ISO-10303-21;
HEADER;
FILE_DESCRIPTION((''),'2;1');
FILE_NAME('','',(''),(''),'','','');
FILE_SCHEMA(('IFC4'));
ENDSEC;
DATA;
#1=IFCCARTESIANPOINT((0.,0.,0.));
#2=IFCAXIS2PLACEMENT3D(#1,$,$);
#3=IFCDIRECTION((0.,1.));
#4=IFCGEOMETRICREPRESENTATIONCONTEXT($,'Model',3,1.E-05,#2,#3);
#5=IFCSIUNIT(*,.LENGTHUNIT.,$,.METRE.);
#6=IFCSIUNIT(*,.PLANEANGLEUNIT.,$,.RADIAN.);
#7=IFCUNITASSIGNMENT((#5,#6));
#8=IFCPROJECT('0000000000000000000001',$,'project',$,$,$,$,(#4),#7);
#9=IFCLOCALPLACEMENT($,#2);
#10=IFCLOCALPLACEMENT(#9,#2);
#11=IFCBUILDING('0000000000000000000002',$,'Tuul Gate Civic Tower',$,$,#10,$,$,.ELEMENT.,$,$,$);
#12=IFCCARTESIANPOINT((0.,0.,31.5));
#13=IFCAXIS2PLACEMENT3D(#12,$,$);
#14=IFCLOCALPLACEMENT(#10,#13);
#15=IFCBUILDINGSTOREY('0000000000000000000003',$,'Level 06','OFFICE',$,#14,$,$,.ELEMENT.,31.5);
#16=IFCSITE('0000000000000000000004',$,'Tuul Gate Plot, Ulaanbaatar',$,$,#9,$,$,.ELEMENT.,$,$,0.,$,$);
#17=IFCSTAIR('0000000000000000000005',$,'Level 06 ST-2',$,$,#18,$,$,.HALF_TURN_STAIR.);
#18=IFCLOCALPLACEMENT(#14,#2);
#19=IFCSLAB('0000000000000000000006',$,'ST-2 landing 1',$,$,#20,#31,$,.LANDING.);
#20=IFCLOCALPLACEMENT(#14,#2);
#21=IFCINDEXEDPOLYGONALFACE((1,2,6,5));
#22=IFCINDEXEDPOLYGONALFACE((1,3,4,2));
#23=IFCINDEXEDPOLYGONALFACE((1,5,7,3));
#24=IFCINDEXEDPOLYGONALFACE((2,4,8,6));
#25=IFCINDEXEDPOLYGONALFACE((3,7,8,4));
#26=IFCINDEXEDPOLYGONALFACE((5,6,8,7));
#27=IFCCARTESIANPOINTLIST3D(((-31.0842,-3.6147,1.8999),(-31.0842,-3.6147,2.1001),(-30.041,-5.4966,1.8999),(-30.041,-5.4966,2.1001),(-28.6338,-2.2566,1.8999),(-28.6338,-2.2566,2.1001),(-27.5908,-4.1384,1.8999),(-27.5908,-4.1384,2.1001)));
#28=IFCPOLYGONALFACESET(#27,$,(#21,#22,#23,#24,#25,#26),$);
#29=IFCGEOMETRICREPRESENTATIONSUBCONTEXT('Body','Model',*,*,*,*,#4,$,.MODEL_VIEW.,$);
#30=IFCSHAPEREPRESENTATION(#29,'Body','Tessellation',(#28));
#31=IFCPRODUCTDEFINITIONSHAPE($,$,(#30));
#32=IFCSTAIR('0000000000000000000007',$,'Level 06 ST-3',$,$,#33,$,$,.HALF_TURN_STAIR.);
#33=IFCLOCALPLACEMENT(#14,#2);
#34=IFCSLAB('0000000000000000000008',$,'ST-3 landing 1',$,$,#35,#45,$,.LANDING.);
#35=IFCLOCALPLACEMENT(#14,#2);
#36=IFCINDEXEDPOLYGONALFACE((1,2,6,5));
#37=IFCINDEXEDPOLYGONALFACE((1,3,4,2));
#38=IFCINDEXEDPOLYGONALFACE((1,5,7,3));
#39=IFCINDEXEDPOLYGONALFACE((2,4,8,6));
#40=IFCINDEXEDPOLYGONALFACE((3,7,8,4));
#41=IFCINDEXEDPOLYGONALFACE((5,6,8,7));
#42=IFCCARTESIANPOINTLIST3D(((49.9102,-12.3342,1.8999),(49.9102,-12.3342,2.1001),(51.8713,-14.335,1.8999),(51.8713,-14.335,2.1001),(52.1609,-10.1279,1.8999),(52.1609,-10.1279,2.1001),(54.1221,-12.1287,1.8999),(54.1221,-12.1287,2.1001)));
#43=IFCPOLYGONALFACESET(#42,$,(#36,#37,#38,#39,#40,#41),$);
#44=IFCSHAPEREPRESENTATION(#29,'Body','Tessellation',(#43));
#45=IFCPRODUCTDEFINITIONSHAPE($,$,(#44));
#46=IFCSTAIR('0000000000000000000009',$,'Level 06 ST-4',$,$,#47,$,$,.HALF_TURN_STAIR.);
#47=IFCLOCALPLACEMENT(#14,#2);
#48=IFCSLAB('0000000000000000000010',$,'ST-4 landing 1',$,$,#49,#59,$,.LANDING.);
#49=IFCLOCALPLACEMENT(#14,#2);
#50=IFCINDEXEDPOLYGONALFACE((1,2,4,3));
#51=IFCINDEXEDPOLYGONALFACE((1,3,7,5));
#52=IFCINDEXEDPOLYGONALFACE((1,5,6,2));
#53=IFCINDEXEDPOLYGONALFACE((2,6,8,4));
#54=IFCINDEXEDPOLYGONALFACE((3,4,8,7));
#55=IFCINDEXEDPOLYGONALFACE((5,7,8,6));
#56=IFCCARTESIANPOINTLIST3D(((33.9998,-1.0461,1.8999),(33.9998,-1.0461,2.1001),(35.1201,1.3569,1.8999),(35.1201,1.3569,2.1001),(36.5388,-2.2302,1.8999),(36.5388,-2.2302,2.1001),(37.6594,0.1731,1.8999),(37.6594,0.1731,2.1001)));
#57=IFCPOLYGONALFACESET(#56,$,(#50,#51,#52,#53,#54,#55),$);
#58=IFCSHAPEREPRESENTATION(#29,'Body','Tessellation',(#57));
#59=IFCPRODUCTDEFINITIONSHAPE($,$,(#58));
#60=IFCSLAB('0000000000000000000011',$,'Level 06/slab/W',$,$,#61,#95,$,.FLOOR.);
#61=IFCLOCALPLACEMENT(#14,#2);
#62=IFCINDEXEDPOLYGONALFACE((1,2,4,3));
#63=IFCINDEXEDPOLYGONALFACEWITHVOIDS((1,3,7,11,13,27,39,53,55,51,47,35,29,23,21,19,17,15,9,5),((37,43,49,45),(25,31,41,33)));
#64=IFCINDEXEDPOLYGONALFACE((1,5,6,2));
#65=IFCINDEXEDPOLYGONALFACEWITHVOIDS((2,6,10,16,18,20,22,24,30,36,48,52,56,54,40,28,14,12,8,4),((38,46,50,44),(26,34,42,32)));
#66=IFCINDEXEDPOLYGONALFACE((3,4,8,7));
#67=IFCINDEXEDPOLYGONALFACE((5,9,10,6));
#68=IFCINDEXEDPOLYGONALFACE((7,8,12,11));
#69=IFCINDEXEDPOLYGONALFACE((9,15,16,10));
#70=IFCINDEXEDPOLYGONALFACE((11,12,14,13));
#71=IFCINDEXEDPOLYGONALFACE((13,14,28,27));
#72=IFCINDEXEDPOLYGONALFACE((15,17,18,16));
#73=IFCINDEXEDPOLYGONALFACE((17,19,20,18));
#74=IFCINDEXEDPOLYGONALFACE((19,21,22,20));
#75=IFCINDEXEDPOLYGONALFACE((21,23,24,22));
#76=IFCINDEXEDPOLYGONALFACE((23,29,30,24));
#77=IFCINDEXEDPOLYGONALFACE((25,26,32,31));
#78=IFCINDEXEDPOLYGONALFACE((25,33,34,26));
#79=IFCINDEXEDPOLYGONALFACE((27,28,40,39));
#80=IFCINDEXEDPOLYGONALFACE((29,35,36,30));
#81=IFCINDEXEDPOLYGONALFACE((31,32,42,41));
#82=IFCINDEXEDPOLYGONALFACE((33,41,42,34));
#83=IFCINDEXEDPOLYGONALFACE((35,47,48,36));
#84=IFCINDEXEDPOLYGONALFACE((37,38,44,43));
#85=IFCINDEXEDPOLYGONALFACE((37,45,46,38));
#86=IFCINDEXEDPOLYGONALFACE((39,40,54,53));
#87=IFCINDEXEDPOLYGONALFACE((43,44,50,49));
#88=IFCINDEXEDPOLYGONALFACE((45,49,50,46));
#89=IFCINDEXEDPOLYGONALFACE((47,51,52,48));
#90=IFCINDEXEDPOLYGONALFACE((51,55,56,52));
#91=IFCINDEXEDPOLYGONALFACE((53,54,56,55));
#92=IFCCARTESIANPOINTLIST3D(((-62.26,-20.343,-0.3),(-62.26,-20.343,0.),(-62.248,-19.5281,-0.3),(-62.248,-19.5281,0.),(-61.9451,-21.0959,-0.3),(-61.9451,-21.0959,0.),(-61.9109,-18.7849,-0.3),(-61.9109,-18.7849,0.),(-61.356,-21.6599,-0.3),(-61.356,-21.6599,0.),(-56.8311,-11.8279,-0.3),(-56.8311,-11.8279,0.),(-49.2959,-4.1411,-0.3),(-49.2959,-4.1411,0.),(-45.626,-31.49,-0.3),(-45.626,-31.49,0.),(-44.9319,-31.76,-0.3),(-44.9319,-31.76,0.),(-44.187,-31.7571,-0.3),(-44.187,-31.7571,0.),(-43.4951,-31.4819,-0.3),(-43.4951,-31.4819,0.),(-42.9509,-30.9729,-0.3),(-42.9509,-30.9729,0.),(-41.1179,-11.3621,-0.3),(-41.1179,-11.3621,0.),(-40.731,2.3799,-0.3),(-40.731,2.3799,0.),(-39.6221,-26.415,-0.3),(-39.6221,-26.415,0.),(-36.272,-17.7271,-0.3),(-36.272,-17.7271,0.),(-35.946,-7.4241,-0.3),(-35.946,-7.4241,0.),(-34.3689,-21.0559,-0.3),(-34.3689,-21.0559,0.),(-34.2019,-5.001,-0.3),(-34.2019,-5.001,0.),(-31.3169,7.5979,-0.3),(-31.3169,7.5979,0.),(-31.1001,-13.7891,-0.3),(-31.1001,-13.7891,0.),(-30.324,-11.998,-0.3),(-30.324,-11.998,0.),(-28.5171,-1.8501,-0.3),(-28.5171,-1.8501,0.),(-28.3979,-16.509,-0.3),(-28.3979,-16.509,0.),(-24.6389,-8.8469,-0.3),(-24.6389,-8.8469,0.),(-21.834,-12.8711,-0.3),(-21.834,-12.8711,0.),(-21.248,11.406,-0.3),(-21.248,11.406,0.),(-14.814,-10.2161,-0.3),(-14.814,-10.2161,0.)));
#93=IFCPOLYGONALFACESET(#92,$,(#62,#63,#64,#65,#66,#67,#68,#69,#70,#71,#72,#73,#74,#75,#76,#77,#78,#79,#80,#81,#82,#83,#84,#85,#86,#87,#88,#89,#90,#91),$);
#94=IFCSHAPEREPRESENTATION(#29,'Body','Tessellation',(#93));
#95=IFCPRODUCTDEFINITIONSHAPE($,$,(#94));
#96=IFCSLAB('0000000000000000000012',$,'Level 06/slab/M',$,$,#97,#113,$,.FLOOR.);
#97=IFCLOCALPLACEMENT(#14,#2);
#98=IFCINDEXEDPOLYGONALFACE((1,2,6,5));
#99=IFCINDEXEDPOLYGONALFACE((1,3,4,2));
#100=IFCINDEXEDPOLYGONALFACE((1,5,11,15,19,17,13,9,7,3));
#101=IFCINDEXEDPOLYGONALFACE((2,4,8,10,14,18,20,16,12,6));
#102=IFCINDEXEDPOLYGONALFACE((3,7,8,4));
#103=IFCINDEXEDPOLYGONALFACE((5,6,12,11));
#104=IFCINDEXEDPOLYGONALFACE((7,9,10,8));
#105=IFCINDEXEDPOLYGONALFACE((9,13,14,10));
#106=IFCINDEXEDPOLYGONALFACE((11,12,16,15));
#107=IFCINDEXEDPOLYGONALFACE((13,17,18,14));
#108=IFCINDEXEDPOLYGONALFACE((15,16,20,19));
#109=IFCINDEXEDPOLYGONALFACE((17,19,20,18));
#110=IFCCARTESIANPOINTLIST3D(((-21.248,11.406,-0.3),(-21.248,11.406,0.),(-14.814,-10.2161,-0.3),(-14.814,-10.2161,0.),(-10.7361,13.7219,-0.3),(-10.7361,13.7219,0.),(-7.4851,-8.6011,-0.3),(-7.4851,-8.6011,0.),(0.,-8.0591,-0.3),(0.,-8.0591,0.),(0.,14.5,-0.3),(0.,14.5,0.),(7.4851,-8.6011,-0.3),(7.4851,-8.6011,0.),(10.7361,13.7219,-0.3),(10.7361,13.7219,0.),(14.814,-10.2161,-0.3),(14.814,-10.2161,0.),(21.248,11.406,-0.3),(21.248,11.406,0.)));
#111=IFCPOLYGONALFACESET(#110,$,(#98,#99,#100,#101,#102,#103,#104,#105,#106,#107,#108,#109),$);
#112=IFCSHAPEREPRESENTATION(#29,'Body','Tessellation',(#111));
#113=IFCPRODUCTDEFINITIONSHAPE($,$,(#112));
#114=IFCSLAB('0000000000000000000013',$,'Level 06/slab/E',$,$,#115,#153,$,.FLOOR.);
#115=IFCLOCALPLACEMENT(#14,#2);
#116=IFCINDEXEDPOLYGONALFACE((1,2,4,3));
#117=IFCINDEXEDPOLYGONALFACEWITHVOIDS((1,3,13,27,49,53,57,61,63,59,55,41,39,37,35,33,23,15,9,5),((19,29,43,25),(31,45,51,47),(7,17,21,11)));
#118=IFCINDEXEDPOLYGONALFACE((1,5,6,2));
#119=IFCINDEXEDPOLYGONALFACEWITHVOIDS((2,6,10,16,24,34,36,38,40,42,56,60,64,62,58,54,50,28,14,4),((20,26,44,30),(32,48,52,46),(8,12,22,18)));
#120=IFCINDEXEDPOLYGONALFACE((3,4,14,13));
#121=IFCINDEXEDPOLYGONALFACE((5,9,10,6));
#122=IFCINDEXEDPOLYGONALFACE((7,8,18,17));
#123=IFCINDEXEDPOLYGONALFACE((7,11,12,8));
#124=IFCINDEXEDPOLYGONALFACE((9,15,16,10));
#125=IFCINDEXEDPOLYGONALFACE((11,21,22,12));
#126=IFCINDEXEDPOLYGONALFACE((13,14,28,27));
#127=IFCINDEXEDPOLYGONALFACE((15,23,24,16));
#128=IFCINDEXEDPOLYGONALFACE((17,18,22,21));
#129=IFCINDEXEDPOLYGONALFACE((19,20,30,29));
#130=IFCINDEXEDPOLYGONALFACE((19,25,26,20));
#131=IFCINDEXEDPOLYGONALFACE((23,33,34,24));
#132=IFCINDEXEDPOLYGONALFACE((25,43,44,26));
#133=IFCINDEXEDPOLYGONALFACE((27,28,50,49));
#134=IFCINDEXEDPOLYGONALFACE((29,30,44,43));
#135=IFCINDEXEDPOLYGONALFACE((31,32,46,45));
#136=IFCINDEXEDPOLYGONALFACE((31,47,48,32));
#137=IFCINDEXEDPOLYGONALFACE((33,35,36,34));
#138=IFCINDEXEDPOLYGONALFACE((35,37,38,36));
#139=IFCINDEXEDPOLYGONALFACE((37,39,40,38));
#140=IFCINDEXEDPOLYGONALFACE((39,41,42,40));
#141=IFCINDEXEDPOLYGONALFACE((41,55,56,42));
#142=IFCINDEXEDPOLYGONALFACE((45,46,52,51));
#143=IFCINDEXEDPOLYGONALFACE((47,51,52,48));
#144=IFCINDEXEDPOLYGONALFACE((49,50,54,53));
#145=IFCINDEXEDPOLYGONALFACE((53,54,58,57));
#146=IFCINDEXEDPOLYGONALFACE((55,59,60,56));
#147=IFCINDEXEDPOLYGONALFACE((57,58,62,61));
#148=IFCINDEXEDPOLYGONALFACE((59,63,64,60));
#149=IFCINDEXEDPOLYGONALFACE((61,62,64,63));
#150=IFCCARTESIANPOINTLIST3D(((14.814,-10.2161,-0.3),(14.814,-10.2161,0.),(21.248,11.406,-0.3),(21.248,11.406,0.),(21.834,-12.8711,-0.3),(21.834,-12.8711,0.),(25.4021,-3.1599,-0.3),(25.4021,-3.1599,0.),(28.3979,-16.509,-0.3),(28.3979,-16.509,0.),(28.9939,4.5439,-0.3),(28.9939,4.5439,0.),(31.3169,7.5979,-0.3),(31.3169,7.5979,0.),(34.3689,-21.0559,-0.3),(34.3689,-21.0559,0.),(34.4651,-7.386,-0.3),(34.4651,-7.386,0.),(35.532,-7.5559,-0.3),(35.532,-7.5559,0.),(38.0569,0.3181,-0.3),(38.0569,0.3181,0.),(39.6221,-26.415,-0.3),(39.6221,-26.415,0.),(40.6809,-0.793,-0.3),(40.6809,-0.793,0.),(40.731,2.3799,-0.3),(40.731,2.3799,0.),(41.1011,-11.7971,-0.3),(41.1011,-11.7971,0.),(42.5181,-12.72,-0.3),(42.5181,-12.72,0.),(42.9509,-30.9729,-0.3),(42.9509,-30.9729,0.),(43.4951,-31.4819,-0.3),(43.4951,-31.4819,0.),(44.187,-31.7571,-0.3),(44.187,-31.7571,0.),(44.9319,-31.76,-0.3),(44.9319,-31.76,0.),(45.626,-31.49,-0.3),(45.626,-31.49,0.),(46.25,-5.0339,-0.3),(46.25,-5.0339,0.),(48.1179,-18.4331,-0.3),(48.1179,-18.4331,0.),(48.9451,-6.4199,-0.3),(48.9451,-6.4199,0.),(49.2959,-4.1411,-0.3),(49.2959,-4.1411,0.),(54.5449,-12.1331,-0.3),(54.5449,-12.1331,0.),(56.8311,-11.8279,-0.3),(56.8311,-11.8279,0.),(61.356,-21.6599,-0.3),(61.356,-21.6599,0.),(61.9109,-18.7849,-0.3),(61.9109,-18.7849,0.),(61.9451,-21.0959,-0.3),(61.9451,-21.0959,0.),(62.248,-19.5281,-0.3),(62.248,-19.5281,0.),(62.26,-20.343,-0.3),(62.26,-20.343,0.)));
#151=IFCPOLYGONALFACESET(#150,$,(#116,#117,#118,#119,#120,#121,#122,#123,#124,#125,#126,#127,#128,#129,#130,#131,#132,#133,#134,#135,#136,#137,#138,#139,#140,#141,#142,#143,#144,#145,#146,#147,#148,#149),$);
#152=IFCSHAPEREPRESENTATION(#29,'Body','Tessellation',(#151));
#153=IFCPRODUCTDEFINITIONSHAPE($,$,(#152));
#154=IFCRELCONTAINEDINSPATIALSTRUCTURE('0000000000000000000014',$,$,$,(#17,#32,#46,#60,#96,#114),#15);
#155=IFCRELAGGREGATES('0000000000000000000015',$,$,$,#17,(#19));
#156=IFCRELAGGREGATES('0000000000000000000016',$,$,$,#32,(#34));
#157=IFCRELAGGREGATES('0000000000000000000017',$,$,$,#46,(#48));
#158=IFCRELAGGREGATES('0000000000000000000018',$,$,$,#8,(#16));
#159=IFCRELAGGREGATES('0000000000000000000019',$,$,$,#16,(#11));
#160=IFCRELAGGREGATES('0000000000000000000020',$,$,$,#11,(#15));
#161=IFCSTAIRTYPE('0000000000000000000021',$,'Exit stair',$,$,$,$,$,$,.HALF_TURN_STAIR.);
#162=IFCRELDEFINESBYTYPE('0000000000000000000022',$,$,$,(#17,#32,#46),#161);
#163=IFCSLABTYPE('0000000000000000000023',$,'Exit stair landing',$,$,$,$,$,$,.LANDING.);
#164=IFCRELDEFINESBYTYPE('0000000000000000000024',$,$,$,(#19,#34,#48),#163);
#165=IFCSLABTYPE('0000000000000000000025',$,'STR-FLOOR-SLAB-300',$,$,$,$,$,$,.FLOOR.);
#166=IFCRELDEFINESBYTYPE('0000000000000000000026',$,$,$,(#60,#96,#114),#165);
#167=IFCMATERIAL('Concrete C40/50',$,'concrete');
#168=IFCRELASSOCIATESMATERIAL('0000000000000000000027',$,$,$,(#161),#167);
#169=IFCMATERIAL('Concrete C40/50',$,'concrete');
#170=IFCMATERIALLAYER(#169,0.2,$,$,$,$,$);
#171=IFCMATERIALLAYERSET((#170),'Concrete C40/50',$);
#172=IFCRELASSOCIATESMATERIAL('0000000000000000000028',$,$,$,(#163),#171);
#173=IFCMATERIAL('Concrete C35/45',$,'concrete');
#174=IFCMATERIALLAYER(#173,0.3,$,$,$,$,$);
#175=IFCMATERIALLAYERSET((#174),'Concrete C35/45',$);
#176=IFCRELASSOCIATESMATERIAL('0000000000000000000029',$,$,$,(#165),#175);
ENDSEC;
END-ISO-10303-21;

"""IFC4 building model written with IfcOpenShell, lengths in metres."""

from ifc_helpers import new_model, si_unit, direction, frame, origin, place, context, subcontext, project, spatial, polyline, outline, extrude, material, layer, layer_set, type_object, element, aggregate, save


model = new_model("IFC4")

# Units and contexts
model_context = context("Model", 3, precision=1e-05, world=origin(), true_north=direction((0.0, 1.0)))
body_context = subcontext(model_context, "Body", "Model", "MODEL_VIEW")
ifc_project = project(units=[si_unit("LENGTHUNIT", "METRE"), si_unit("PLANEANGLEUNIT", "RADIAN")], contexts=[model_context])

# Site, building, storey
site_placement = place(None, origin())
site = spatial("IfcSite", under=ifc_project, at=site_placement, Name="Tuul Gate Plot, Ulaanbaatar", CompositionType="ELEMENT", RefElevation=0.0)
building_placement = place(site_placement, origin())
building = spatial("IfcBuilding", under=site, at=building_placement, Name="Tuul Gate Civic Tower", CompositionType="ELEMENT")
storey_placement = place(building_placement, frame((0.0, 0.0, 31.5)))
storey = spatial("IfcBuildingStorey", under=building, at=storey_placement, Name="Level 06", Description="OFFICE", CompositionType="ELEMENT", Elevation=31.5)

# Stairs, slabs
ifc_material_1 = material(Name="Concrete C40/50", Category="concrete")
stair_type = type_object("IfcStairType", Name="Exit stair", PredefinedType="HALF_TURN_STAIR", material=ifc_material_1)
ifc_material_2 = material(Name="Concrete C40/50", Category="concrete")
ifc_layer_1 = layer(ifc_material_2, 0.2)
ifc_layer_set_1 = layer_set([ifc_layer_1], Name="Concrete C40/50")
slab_type_1 = type_object("IfcSlabType", Name="Exit stair landing", PredefinedType="LANDING", material=ifc_layer_set_1)
stair_1_placement = place(storey_placement, origin())
stair_1 = element("IfcStair", 1, at=stair_1_placement, inside=storey, type_object=stair_type, Name="Level 06 ST-2", PredefinedType="HALF_TURN_STAIR")
slab_1_placement = place(storey_placement, frame((0.0, 0.0, 1.8999)))
slab_1 = element("IfcSlab", 2, at=slab_1_placement, type_object=slab_type_1, Name="ST-2 landing 1", PredefinedType="LANDING", context=body_context, shape_type="SweptSolid", body=[
    extrude(outline(polyline([(-27.5908, -4.1384), (-30.041, -5.4966), (-31.0842, -3.6147), (-28.6338, -2.2566), (-27.5908, -4.1384)])), origin(), (0.0, 0.0, 1.0), 0.2002),
])
aggregate(stair_1, [slab_1])
stair_2_placement = place(storey_placement, origin())
stair_2 = element("IfcStair", 3, at=stair_2_placement, inside=storey, type_object=stair_type, Name="Level 06 ST-3", PredefinedType="HALF_TURN_STAIR")
slab_2_placement = place(storey_placement, frame((0.0, 0.0, 1.8999)))
slab_2 = element("IfcSlab", 4, at=slab_2_placement, type_object=slab_type_1, Name="ST-3 landing 1", PredefinedType="LANDING", context=body_context, shape_type="SweptSolid", body=[
    extrude(outline(polyline([(51.8713, -14.335), (49.9102, -12.3342), (52.1609, -10.1279), (54.1221, -12.1287), (51.8713, -14.335)])), origin(), (0.0, 0.0, 1.0), 0.2002),
])
aggregate(stair_2, [slab_2])
stair_3_placement = place(storey_placement, origin())
stair_3 = element("IfcStair", 5, at=stair_3_placement, inside=storey, type_object=stair_type, Name="Level 06 ST-4", PredefinedType="HALF_TURN_STAIR")
slab_3_placement = place(storey_placement, frame((0.0, 0.0, 1.8999)))
slab_3 = element("IfcSlab", 6, at=slab_3_placement, type_object=slab_type_1, Name="ST-4 landing 1", PredefinedType="LANDING", context=body_context, shape_type="SweptSolid", body=[
    extrude(outline(polyline([(36.5388, -2.2302), (33.9998, -1.0461), (35.1201, 1.3569), (37.6594, 0.1731), (36.5388, -2.2302)])), origin(), (0.0, 0.0, 1.0), 0.2002),
])
aggregate(stair_3, [slab_3])

# Slabs
ifc_material_3 = material(Name="Concrete C35/45", Category="concrete")
ifc_layer_2 = layer(ifc_material_3, 0.3)
ifc_layer_set_2 = layer_set([ifc_layer_2], Name="Concrete C35/45")
slab_type_2 = type_object("IfcSlabType", Name="STR-FLOOR-SLAB-300", PredefinedType="FLOOR", material=ifc_layer_set_2)
slab_4_placement = place(storey_placement, frame((0.0, 0.0, -0.3)))
element("IfcSlab", 7, at=slab_4_placement, inside=storey, type_object=slab_type_2, Name="Level 06/slab/W", PredefinedType="FLOOR", context=body_context, shape_type="SweptSolid", body=[
    extrude(outline(polyline([(-21.834, -12.8711), (-14.814, -10.2161), (-21.248, 11.406), (-31.3169, 7.5979), (-40.731, 2.3799), (-49.2959, -4.1411), (-56.8311, -11.8279), (-61.9109, -18.7849), (-62.248, -19.5281), (-62.26, -20.343), (-61.9451, -21.0959), (-61.356, -21.6599), (-45.626, -31.49), (-44.9319, -31.76), (-44.187, -31.7571), (-43.4951, -31.4819), (-42.9509, -30.9729), (-39.6221, -26.415), (-34.3689, -21.0559), (-28.3979, -16.509), (-21.834, -12.8711)]), holes=[polyline([(-31.1001, -13.7891), (-36.272, -17.7271), (-41.1179, -11.3621), (-35.946, -7.4241), (-31.1001, -13.7891)]), polyline([(-24.6389, -8.8469), (-30.324, -11.998), (-34.2019, -5.001), (-28.5171, -1.8501), (-24.6389, -8.8469)])]), origin(), (0.0, 0.0, 1.0), 0.3),
])
slab_5_placement = place(storey_placement, frame((0.0, 0.0, -0.3)))
element("IfcSlab", 8, at=slab_5_placement, inside=storey, type_object=slab_type_2, Name="Level 06/slab/M", PredefinedType="FLOOR", context=body_context, shape_type="SweptSolid", body=[
    extrude(outline(polyline([(14.814, -10.2161), (21.248, 11.406), (10.7361, 13.7219), (0.0, 14.5), (-10.7361, 13.7219), (-21.248, 11.406), (-14.814, -10.2161), (-7.4851, -8.6011), (0.0, -8.0591), (7.4851, -8.6011), (14.814, -10.2161)])), origin(), (0.0, 0.0, 1.0), 0.3),
])
slab_6_placement = place(storey_placement, frame((0.0, 0.0, -0.3)))
element("IfcSlab", 9, at=slab_6_placement, inside=storey, type_object=slab_type_2, Name="Level 06/slab/E", PredefinedType="FLOOR", context=body_context, shape_type="SweptSolid", body=[
    extrude(outline(polyline([(44.9319, -31.76), (45.626, -31.49), (61.356, -21.6599), (61.9451, -21.0959), (62.26, -20.343), (62.248, -19.5281), (61.9109, -18.7849), (56.8311, -11.8279), (49.2959, -4.1411), (40.731, 2.3799), (31.3169, 7.5979), (21.248, 11.406), (14.814, -10.2161), (21.834, -12.8711), (28.3979, -16.509), (34.3689, -21.0559), (39.6221, -26.415), (42.9509, -30.9729), (43.4951, -31.4819), (44.187, -31.7571), (44.9319, -31.76)]), holes=[polyline([(48.1179, -18.4331), (42.5181, -12.72), (48.9451, -6.4199), (54.5449, -12.1331), (48.1179, -18.4331)]), polyline([(35.532, -7.5559), (40.6809, -0.793), (46.25, -5.0339), (41.1011, -11.7971), (35.532, -7.5559)]), polyline([(25.4021, -3.1599), (28.9939, 4.5439), (38.0569, 0.3181), (34.4651, -7.386), (25.4021, -3.1599)])]), origin(), (0.0, 0.0, 1.0), 0.3),
])

save(model, "model.ifc")
